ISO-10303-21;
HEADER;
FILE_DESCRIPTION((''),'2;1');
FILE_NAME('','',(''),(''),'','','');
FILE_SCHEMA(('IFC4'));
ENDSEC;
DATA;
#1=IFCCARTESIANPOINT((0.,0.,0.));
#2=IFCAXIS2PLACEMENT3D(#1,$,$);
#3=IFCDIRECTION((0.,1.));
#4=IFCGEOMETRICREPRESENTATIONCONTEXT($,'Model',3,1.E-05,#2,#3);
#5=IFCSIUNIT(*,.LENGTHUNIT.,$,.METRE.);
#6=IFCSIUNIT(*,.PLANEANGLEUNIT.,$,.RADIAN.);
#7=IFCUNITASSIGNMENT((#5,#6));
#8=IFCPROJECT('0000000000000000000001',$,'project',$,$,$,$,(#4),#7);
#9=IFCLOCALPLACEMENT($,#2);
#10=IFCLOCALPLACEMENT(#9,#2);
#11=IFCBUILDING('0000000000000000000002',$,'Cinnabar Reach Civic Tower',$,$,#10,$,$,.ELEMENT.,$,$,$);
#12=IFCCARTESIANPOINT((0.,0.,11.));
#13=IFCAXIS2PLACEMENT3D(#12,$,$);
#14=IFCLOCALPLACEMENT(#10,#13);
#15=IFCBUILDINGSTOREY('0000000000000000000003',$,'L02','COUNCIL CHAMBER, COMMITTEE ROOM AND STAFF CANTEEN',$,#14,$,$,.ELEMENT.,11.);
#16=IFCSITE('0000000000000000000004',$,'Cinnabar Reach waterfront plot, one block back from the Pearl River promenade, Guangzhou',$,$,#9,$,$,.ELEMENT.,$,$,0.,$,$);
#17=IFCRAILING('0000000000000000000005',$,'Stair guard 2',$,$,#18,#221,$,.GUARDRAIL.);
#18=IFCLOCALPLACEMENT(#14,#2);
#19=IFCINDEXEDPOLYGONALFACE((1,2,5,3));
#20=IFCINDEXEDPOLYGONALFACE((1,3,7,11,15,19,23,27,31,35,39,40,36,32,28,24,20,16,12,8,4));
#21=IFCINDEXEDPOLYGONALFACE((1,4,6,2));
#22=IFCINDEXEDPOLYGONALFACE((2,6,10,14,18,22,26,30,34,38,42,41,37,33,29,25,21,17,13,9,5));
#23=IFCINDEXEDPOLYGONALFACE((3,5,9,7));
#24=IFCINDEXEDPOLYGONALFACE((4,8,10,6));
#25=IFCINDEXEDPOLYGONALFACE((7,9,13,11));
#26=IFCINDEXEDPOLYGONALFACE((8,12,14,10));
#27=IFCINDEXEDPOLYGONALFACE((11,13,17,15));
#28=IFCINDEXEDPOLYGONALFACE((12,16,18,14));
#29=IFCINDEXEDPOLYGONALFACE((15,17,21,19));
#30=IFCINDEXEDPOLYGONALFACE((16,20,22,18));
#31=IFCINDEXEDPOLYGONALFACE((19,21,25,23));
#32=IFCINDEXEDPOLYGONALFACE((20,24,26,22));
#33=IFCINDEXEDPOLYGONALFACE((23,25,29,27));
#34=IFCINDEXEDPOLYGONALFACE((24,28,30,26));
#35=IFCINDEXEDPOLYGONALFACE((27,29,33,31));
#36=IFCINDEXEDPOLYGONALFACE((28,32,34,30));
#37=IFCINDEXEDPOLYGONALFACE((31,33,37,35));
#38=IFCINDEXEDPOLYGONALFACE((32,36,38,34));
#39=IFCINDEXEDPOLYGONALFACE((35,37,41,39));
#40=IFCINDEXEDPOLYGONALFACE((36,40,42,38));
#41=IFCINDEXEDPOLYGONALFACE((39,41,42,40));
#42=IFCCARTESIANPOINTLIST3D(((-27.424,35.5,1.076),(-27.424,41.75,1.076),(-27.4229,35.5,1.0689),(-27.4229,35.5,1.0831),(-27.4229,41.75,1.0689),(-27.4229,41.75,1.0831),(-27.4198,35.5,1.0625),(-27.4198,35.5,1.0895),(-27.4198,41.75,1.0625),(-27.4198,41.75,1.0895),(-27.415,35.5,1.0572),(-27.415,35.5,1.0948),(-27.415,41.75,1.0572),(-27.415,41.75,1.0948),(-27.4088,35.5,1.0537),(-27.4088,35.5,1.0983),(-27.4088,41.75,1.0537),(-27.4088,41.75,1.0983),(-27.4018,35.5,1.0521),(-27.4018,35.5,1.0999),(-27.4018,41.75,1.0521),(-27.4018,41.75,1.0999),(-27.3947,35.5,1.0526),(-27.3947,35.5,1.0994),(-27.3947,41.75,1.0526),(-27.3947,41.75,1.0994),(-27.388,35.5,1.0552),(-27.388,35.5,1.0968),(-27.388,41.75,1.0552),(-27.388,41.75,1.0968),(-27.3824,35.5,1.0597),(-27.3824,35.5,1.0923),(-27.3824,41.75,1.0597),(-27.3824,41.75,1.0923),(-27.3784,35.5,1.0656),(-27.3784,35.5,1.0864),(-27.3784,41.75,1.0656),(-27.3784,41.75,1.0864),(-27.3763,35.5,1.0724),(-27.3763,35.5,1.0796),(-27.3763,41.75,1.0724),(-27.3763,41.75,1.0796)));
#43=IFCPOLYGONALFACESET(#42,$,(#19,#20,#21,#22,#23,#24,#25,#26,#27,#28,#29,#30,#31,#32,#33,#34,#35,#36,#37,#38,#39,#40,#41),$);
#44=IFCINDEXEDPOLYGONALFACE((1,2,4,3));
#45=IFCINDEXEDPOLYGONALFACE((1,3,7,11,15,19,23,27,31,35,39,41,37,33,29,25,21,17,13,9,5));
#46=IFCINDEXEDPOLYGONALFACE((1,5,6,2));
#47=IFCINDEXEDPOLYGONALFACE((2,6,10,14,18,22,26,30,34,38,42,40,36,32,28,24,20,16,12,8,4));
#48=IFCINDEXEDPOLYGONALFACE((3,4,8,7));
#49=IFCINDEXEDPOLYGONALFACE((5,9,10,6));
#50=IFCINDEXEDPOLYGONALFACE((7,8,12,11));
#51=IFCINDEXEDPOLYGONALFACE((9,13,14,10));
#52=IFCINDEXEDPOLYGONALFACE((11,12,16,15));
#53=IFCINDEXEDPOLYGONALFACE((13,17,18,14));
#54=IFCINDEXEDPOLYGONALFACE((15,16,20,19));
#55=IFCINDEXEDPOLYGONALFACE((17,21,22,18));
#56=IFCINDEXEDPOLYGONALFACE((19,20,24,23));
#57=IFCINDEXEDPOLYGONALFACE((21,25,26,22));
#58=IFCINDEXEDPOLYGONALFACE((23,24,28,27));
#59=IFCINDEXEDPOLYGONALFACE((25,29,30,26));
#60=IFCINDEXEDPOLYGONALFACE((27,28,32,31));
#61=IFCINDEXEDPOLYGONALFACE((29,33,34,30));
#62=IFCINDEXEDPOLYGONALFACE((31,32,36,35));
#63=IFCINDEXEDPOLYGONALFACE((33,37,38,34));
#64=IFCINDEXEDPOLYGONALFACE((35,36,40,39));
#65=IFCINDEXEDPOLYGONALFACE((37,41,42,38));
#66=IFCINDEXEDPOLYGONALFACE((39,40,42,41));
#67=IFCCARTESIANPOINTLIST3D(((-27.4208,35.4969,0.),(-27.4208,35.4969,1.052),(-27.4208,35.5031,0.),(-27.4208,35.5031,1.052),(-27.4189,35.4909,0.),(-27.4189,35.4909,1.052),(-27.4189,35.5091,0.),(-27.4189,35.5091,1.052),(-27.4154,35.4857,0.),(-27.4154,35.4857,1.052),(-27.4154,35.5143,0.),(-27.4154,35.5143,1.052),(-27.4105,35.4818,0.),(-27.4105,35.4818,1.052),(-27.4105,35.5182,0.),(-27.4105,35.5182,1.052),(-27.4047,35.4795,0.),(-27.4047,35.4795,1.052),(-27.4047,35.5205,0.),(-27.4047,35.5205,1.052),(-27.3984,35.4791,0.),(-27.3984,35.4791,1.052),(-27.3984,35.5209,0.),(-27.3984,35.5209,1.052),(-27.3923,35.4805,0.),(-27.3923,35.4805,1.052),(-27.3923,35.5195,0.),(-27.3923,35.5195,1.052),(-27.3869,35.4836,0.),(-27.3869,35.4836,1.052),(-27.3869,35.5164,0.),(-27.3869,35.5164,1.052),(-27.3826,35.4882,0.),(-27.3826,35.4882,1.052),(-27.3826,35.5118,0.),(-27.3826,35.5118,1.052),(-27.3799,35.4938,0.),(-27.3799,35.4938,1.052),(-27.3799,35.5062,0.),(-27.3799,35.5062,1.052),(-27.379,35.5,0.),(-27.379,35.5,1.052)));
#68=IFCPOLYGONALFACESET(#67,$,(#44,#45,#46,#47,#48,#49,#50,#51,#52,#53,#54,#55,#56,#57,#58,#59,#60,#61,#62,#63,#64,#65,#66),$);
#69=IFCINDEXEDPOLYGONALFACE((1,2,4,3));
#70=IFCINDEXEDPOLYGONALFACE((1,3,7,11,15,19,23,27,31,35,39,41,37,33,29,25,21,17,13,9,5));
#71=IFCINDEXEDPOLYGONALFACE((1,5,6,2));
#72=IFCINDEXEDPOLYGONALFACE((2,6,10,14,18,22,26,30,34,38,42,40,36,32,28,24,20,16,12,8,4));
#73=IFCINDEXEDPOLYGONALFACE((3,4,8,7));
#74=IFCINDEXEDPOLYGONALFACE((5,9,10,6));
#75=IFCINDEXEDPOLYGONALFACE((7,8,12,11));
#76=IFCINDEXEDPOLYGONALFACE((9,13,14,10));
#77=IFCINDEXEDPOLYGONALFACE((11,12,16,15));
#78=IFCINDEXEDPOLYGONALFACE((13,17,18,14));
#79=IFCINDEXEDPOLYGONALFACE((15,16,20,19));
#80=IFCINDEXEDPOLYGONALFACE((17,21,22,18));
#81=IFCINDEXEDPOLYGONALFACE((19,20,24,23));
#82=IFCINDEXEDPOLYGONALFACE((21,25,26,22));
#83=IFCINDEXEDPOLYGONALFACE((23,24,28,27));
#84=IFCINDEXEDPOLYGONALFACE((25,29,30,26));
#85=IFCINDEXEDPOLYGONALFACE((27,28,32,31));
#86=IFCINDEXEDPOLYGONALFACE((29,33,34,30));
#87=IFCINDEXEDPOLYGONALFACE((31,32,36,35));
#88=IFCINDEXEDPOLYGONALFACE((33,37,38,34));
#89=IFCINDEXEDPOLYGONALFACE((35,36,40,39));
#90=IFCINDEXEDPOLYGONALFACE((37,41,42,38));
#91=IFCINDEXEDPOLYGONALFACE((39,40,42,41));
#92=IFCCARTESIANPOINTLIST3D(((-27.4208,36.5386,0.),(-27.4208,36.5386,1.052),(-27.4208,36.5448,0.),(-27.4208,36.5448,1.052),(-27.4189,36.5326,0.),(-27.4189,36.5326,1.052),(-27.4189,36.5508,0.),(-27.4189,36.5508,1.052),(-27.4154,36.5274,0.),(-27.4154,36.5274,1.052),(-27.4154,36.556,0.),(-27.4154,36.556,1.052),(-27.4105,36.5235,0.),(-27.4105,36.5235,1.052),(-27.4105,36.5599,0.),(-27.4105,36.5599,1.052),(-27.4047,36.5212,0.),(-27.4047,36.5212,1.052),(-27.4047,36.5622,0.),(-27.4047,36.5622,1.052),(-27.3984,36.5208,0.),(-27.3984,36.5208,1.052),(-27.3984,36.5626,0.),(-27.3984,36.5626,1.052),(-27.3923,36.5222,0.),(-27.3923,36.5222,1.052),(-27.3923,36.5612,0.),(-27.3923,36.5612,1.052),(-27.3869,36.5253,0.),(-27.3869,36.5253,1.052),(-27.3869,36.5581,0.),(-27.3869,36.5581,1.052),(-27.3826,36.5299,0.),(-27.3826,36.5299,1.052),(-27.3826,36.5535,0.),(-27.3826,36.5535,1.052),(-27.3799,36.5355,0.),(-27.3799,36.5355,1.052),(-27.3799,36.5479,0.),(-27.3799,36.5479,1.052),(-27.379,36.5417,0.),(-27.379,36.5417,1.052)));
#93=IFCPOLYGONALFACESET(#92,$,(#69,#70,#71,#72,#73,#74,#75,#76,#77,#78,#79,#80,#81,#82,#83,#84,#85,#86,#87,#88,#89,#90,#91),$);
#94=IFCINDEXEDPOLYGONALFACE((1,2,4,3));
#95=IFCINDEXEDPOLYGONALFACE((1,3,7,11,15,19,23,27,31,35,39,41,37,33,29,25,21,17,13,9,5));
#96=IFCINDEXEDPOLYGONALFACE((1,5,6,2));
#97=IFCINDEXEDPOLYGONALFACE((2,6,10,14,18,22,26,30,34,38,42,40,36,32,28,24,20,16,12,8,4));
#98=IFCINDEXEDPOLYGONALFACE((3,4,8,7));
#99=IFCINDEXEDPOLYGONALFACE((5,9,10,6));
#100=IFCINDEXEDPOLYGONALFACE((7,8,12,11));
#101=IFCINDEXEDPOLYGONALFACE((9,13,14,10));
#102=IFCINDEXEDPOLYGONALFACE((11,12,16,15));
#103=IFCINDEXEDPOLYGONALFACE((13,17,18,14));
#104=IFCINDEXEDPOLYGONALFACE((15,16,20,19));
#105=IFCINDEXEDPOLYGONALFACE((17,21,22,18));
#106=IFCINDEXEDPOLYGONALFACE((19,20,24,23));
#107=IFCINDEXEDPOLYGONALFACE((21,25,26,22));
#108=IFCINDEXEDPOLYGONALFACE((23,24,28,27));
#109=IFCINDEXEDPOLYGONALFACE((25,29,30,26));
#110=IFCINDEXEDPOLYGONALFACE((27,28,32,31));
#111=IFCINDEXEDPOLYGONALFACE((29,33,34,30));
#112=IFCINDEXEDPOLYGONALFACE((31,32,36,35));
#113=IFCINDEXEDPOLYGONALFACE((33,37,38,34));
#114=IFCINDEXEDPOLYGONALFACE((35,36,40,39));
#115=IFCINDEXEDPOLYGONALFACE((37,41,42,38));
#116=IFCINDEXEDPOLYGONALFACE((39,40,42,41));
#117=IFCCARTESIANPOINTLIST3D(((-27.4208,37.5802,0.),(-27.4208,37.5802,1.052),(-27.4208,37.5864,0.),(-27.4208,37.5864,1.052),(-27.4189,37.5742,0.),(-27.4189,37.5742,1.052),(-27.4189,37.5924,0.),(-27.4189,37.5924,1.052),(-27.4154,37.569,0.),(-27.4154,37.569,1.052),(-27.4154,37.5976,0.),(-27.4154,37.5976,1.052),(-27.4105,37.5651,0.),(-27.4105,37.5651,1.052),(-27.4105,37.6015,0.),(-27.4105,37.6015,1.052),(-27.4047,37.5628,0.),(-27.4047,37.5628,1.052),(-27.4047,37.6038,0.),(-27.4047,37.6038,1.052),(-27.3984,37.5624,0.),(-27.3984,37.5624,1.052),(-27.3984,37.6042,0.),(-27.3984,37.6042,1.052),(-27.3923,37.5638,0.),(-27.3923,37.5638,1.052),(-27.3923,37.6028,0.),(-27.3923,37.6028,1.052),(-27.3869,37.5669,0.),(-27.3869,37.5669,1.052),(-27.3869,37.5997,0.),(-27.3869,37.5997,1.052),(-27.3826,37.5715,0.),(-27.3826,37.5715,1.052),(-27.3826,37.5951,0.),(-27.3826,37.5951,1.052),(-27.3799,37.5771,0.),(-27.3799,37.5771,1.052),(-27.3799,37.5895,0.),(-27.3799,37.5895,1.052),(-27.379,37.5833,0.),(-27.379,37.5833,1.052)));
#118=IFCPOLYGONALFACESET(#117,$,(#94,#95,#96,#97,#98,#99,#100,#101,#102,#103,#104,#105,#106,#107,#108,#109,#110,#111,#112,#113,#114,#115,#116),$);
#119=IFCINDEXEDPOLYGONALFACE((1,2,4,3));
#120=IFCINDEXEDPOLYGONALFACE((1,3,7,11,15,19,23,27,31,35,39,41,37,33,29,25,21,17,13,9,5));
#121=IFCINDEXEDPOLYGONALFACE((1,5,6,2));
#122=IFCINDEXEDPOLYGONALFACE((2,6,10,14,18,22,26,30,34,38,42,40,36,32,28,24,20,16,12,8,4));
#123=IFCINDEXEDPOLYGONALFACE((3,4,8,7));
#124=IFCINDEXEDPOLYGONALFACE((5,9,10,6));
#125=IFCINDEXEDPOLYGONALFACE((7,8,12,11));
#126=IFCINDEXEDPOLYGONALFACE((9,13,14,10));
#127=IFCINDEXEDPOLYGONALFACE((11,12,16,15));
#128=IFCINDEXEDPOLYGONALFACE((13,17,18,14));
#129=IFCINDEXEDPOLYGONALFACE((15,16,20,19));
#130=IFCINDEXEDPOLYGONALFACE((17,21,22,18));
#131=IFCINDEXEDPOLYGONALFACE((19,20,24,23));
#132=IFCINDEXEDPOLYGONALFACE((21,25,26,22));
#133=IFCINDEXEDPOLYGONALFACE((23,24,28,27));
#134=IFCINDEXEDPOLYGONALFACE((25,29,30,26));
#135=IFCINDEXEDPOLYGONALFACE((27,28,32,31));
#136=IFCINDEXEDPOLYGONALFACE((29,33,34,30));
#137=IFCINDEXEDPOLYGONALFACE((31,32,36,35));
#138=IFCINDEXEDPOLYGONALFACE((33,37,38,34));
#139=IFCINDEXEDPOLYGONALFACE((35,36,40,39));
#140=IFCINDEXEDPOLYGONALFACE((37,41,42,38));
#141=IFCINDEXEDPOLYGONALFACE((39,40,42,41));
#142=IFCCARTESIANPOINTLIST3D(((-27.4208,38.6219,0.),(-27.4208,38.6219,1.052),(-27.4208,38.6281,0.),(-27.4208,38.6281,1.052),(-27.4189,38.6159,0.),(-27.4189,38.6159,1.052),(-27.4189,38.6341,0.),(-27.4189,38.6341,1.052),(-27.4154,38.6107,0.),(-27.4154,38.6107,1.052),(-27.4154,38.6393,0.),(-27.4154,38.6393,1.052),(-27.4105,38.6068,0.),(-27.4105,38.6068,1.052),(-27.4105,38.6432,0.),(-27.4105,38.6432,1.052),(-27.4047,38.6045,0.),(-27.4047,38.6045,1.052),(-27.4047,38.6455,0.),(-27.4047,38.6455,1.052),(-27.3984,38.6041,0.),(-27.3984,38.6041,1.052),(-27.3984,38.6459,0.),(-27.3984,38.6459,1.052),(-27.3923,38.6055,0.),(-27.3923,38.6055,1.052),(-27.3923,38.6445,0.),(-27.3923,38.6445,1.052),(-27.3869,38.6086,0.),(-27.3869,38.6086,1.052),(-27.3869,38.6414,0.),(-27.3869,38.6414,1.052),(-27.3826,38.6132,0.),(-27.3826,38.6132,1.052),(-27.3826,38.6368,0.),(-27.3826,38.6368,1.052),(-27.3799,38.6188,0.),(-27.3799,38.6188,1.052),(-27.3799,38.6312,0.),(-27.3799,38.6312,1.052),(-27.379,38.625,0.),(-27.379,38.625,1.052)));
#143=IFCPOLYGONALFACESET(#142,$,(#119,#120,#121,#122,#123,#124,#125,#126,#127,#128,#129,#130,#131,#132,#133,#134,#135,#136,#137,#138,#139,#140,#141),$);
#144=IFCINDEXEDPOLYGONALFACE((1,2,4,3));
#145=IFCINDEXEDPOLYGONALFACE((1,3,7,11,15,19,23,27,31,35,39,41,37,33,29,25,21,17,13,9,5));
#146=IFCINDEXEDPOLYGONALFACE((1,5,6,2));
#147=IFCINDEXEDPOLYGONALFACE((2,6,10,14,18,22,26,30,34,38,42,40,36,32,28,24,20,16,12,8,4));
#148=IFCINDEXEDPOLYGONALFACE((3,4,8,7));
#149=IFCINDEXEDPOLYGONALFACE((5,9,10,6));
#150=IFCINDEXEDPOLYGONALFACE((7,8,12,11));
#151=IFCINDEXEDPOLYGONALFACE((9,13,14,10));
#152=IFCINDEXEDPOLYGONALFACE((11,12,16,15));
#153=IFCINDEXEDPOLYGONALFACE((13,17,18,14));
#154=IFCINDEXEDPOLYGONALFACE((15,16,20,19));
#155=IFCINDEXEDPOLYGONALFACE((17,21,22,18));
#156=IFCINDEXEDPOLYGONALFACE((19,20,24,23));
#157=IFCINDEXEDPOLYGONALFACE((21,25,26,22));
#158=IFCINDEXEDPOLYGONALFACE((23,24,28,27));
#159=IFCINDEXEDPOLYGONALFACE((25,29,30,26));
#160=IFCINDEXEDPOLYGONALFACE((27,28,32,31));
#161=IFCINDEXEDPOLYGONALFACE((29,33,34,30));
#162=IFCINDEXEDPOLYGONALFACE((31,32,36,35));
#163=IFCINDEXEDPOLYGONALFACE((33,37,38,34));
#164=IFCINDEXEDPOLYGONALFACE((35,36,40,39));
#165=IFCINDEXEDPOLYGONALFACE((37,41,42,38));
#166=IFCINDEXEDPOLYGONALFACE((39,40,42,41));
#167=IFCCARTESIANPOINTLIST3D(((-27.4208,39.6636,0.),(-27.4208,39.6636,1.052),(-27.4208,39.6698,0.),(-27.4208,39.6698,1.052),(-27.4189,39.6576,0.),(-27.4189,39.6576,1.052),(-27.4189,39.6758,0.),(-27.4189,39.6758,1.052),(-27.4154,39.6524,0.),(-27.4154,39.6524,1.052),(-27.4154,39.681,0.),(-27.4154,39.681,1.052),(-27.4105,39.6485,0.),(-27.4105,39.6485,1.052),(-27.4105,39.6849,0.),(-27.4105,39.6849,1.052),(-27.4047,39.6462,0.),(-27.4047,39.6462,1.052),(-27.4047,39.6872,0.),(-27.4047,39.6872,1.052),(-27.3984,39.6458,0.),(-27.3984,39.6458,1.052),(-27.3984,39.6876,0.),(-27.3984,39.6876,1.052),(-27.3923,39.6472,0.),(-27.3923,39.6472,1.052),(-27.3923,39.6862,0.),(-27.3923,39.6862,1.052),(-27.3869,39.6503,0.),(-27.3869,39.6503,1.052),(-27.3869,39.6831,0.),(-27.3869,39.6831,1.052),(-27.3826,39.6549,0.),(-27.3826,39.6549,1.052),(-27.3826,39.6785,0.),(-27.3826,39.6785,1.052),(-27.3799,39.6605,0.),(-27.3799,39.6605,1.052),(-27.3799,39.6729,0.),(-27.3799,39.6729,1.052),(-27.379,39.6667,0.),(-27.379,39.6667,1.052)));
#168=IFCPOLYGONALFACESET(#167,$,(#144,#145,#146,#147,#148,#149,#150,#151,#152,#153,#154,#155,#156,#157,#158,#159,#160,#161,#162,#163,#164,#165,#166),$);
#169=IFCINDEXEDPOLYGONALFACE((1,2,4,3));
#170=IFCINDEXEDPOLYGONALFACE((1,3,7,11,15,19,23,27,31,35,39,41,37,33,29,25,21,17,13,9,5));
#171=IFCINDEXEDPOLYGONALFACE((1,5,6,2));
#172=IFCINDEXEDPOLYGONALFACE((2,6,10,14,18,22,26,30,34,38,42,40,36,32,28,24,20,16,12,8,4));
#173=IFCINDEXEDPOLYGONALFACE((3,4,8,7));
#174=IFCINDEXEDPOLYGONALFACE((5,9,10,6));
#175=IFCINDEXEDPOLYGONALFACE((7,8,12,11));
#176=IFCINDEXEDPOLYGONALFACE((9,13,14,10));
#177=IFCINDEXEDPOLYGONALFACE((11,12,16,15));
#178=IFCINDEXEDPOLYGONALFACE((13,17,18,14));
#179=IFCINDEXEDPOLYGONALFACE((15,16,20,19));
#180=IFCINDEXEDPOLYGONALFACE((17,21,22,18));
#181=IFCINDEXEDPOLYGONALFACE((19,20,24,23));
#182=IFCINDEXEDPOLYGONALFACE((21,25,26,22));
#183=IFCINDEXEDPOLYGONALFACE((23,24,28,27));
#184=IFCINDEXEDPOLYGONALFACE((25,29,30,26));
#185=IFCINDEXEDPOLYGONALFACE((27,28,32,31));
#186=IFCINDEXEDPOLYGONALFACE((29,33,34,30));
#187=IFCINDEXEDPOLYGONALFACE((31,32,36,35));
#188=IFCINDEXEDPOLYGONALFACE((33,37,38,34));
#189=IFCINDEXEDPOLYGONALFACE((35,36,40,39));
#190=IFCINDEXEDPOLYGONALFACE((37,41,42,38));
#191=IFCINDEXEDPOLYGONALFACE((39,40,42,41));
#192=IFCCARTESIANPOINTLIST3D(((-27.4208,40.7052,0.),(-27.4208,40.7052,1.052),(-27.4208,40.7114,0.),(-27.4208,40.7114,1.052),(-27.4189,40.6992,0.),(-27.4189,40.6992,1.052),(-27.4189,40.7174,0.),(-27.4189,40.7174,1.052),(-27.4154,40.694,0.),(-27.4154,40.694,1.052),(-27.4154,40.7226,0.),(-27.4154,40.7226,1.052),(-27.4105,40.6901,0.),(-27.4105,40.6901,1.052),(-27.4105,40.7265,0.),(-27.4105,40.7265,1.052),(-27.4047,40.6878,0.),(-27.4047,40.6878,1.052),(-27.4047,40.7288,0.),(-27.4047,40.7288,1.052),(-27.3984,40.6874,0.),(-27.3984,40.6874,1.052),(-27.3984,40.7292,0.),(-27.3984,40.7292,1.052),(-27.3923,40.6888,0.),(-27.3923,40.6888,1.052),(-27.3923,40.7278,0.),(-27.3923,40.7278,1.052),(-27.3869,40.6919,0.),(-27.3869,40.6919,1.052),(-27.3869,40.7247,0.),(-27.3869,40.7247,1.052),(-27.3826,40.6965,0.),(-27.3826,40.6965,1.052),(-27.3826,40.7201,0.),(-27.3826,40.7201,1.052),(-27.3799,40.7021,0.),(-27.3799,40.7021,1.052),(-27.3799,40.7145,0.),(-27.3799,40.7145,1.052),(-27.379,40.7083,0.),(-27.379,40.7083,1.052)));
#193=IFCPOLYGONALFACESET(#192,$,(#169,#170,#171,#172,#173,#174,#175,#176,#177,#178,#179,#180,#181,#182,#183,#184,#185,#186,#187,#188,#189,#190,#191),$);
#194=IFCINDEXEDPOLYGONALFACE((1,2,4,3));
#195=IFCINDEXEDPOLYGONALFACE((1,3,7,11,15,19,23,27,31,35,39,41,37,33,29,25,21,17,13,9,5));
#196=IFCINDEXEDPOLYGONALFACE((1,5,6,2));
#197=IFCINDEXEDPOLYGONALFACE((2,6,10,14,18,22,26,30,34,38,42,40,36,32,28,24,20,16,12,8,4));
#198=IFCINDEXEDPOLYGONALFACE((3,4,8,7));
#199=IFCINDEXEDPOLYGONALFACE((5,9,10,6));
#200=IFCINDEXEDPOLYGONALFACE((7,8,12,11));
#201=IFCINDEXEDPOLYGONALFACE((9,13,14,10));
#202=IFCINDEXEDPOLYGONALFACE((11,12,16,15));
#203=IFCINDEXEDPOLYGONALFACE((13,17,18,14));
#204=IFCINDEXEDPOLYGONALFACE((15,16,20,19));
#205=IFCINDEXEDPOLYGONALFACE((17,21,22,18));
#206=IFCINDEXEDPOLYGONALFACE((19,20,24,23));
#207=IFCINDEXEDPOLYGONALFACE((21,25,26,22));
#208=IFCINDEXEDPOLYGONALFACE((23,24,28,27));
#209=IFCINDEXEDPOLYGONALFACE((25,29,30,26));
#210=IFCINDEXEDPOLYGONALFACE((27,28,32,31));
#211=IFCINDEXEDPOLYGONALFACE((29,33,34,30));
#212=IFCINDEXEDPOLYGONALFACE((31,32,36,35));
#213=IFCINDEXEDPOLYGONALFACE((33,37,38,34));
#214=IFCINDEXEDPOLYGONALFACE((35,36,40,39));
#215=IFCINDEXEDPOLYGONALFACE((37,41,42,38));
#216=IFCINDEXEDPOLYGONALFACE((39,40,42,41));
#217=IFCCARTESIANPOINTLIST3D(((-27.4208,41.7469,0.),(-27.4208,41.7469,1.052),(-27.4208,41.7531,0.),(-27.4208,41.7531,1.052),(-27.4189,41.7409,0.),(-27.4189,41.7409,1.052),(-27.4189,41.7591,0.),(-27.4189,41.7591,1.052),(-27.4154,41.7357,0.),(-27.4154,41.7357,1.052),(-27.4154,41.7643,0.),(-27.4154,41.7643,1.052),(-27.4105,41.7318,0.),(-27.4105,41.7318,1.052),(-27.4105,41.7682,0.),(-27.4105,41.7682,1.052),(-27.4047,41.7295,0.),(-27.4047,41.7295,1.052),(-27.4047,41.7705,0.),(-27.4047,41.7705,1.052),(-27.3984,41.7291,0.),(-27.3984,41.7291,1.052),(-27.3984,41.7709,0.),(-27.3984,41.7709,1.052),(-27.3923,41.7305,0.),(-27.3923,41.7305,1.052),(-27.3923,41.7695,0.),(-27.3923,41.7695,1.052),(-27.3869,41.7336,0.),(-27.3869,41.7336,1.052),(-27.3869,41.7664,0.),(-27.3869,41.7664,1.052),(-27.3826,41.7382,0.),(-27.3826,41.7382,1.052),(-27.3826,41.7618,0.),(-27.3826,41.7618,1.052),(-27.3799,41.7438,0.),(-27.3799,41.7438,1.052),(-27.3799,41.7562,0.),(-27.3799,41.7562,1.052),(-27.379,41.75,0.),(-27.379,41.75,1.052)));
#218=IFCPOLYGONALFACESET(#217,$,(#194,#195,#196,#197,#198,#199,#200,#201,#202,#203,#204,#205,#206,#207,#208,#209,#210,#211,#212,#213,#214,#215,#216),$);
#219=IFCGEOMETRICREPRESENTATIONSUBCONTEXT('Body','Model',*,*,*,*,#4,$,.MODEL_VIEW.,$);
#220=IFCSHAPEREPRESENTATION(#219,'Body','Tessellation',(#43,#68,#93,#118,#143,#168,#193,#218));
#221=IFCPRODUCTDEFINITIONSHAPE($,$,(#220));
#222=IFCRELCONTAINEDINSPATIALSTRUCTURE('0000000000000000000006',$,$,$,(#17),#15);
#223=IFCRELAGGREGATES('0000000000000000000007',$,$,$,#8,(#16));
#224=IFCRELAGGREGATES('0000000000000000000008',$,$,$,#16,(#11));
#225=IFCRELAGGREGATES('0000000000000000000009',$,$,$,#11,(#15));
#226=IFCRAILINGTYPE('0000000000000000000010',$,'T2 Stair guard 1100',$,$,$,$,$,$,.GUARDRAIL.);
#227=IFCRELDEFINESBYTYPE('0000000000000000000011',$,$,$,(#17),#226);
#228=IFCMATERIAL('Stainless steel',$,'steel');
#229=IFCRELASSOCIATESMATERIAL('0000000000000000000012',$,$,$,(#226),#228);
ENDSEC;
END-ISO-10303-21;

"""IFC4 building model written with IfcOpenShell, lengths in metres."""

from ifc_helpers import new_model, si_unit, direction, frame, origin, origin_2d, place, context, subcontext, project, spatial, circle, extrude, material, type_object, element, save


model = new_model("IFC4")

# Units and contexts
model_context = context("Model", 3, precision=1e-05, world=origin(), true_north=direction((0.0, 1.0)))
body_context = subcontext(model_context, "Body", "Model", "MODEL_VIEW")
ifc_project = project(units=[si_unit("LENGTHUNIT", "METRE"), si_unit("PLANEANGLEUNIT", "RADIAN")], contexts=[model_context])

# Site, building, storey
site_placement = place(None, origin())
site = spatial("IfcSite", under=ifc_project, at=site_placement, Name="Cinnabar Reach waterfront plot, one block back from the Pearl River promenade, Guangzhou", CompositionType="ELEMENT", RefElevation=0.0)
building_placement = place(site_placement, origin())
building = spatial("IfcBuilding", under=site, at=building_placement, Name="Cinnabar Reach Civic Tower", CompositionType="ELEMENT")
storey_placement = place(building_placement, frame((0.0, 0.0, 11.0)))
storey = spatial("IfcBuildingStorey", under=building, at=storey_placement, Name="L02", Description="COUNCIL CHAMBER, COMMITTEE ROOM AND STAFF CANTEEN", CompositionType="ELEMENT", Elevation=11.0)

# Railing
ifc_material_1 = material(Name="Stainless steel", Category="steel")
railing_type = type_object("IfcRailingType", Name="T2 Stair guard 1100", PredefinedType="GUARDRAIL", material=ifc_material_1)
for number, where, name in (
    (1, (-27.4, 35.5, 0.0), "Stair guard 2"),
):
    element("IfcRailing", number, at=place(storey_placement, frame(where)), inside=storey, type_object=railing_type, Name=name, PredefinedType="GUARDRAIL", context=body_context, shape_type="SweptSolid", body=[
        extrude(circle(Radius=0.024, at=origin_2d()), frame((0.0, 0.0, 1.076), z_axis=(0.0, 1.0, 0.0), x_axis=(-1.0, 0.0, 0.0)), (0.0, 0.0, 1.0), 6.25),
        extrude(circle(Radius=0.021, at=origin_2d()), origin(), (0.0, 0.0, 1.0), 1.052),
        extrude(circle(Radius=0.021, at=origin_2d()), frame((0.0, 1.0417, 0.0)), (0.0, 0.0, 1.0), 1.052),
        extrude(circle(Radius=0.021, at=origin_2d()), frame((0.0, 2.0833, 0.0)), (0.0, 0.0, 1.0), 1.052),
        extrude(circle(Radius=0.021, at=origin_2d()), frame((0.0, 3.125, 0.0)), (0.0, 0.0, 1.0), 1.052),
        extrude(circle(Radius=0.021, at=origin_2d()), frame((0.0, 4.1667, 0.0)), (0.0, 0.0, 1.0), 1.052),
        extrude(circle(Radius=0.021, at=origin_2d()), frame((0.0, 5.2083, 0.0)), (0.0, 0.0, 1.0), 1.052),
        extrude(circle(Radius=0.021, at=origin_2d()), frame((0.0, 6.25, 0.0)), (0.0, 0.0, 1.0), 1.052),
    ])

save(model, "model.ifc")
